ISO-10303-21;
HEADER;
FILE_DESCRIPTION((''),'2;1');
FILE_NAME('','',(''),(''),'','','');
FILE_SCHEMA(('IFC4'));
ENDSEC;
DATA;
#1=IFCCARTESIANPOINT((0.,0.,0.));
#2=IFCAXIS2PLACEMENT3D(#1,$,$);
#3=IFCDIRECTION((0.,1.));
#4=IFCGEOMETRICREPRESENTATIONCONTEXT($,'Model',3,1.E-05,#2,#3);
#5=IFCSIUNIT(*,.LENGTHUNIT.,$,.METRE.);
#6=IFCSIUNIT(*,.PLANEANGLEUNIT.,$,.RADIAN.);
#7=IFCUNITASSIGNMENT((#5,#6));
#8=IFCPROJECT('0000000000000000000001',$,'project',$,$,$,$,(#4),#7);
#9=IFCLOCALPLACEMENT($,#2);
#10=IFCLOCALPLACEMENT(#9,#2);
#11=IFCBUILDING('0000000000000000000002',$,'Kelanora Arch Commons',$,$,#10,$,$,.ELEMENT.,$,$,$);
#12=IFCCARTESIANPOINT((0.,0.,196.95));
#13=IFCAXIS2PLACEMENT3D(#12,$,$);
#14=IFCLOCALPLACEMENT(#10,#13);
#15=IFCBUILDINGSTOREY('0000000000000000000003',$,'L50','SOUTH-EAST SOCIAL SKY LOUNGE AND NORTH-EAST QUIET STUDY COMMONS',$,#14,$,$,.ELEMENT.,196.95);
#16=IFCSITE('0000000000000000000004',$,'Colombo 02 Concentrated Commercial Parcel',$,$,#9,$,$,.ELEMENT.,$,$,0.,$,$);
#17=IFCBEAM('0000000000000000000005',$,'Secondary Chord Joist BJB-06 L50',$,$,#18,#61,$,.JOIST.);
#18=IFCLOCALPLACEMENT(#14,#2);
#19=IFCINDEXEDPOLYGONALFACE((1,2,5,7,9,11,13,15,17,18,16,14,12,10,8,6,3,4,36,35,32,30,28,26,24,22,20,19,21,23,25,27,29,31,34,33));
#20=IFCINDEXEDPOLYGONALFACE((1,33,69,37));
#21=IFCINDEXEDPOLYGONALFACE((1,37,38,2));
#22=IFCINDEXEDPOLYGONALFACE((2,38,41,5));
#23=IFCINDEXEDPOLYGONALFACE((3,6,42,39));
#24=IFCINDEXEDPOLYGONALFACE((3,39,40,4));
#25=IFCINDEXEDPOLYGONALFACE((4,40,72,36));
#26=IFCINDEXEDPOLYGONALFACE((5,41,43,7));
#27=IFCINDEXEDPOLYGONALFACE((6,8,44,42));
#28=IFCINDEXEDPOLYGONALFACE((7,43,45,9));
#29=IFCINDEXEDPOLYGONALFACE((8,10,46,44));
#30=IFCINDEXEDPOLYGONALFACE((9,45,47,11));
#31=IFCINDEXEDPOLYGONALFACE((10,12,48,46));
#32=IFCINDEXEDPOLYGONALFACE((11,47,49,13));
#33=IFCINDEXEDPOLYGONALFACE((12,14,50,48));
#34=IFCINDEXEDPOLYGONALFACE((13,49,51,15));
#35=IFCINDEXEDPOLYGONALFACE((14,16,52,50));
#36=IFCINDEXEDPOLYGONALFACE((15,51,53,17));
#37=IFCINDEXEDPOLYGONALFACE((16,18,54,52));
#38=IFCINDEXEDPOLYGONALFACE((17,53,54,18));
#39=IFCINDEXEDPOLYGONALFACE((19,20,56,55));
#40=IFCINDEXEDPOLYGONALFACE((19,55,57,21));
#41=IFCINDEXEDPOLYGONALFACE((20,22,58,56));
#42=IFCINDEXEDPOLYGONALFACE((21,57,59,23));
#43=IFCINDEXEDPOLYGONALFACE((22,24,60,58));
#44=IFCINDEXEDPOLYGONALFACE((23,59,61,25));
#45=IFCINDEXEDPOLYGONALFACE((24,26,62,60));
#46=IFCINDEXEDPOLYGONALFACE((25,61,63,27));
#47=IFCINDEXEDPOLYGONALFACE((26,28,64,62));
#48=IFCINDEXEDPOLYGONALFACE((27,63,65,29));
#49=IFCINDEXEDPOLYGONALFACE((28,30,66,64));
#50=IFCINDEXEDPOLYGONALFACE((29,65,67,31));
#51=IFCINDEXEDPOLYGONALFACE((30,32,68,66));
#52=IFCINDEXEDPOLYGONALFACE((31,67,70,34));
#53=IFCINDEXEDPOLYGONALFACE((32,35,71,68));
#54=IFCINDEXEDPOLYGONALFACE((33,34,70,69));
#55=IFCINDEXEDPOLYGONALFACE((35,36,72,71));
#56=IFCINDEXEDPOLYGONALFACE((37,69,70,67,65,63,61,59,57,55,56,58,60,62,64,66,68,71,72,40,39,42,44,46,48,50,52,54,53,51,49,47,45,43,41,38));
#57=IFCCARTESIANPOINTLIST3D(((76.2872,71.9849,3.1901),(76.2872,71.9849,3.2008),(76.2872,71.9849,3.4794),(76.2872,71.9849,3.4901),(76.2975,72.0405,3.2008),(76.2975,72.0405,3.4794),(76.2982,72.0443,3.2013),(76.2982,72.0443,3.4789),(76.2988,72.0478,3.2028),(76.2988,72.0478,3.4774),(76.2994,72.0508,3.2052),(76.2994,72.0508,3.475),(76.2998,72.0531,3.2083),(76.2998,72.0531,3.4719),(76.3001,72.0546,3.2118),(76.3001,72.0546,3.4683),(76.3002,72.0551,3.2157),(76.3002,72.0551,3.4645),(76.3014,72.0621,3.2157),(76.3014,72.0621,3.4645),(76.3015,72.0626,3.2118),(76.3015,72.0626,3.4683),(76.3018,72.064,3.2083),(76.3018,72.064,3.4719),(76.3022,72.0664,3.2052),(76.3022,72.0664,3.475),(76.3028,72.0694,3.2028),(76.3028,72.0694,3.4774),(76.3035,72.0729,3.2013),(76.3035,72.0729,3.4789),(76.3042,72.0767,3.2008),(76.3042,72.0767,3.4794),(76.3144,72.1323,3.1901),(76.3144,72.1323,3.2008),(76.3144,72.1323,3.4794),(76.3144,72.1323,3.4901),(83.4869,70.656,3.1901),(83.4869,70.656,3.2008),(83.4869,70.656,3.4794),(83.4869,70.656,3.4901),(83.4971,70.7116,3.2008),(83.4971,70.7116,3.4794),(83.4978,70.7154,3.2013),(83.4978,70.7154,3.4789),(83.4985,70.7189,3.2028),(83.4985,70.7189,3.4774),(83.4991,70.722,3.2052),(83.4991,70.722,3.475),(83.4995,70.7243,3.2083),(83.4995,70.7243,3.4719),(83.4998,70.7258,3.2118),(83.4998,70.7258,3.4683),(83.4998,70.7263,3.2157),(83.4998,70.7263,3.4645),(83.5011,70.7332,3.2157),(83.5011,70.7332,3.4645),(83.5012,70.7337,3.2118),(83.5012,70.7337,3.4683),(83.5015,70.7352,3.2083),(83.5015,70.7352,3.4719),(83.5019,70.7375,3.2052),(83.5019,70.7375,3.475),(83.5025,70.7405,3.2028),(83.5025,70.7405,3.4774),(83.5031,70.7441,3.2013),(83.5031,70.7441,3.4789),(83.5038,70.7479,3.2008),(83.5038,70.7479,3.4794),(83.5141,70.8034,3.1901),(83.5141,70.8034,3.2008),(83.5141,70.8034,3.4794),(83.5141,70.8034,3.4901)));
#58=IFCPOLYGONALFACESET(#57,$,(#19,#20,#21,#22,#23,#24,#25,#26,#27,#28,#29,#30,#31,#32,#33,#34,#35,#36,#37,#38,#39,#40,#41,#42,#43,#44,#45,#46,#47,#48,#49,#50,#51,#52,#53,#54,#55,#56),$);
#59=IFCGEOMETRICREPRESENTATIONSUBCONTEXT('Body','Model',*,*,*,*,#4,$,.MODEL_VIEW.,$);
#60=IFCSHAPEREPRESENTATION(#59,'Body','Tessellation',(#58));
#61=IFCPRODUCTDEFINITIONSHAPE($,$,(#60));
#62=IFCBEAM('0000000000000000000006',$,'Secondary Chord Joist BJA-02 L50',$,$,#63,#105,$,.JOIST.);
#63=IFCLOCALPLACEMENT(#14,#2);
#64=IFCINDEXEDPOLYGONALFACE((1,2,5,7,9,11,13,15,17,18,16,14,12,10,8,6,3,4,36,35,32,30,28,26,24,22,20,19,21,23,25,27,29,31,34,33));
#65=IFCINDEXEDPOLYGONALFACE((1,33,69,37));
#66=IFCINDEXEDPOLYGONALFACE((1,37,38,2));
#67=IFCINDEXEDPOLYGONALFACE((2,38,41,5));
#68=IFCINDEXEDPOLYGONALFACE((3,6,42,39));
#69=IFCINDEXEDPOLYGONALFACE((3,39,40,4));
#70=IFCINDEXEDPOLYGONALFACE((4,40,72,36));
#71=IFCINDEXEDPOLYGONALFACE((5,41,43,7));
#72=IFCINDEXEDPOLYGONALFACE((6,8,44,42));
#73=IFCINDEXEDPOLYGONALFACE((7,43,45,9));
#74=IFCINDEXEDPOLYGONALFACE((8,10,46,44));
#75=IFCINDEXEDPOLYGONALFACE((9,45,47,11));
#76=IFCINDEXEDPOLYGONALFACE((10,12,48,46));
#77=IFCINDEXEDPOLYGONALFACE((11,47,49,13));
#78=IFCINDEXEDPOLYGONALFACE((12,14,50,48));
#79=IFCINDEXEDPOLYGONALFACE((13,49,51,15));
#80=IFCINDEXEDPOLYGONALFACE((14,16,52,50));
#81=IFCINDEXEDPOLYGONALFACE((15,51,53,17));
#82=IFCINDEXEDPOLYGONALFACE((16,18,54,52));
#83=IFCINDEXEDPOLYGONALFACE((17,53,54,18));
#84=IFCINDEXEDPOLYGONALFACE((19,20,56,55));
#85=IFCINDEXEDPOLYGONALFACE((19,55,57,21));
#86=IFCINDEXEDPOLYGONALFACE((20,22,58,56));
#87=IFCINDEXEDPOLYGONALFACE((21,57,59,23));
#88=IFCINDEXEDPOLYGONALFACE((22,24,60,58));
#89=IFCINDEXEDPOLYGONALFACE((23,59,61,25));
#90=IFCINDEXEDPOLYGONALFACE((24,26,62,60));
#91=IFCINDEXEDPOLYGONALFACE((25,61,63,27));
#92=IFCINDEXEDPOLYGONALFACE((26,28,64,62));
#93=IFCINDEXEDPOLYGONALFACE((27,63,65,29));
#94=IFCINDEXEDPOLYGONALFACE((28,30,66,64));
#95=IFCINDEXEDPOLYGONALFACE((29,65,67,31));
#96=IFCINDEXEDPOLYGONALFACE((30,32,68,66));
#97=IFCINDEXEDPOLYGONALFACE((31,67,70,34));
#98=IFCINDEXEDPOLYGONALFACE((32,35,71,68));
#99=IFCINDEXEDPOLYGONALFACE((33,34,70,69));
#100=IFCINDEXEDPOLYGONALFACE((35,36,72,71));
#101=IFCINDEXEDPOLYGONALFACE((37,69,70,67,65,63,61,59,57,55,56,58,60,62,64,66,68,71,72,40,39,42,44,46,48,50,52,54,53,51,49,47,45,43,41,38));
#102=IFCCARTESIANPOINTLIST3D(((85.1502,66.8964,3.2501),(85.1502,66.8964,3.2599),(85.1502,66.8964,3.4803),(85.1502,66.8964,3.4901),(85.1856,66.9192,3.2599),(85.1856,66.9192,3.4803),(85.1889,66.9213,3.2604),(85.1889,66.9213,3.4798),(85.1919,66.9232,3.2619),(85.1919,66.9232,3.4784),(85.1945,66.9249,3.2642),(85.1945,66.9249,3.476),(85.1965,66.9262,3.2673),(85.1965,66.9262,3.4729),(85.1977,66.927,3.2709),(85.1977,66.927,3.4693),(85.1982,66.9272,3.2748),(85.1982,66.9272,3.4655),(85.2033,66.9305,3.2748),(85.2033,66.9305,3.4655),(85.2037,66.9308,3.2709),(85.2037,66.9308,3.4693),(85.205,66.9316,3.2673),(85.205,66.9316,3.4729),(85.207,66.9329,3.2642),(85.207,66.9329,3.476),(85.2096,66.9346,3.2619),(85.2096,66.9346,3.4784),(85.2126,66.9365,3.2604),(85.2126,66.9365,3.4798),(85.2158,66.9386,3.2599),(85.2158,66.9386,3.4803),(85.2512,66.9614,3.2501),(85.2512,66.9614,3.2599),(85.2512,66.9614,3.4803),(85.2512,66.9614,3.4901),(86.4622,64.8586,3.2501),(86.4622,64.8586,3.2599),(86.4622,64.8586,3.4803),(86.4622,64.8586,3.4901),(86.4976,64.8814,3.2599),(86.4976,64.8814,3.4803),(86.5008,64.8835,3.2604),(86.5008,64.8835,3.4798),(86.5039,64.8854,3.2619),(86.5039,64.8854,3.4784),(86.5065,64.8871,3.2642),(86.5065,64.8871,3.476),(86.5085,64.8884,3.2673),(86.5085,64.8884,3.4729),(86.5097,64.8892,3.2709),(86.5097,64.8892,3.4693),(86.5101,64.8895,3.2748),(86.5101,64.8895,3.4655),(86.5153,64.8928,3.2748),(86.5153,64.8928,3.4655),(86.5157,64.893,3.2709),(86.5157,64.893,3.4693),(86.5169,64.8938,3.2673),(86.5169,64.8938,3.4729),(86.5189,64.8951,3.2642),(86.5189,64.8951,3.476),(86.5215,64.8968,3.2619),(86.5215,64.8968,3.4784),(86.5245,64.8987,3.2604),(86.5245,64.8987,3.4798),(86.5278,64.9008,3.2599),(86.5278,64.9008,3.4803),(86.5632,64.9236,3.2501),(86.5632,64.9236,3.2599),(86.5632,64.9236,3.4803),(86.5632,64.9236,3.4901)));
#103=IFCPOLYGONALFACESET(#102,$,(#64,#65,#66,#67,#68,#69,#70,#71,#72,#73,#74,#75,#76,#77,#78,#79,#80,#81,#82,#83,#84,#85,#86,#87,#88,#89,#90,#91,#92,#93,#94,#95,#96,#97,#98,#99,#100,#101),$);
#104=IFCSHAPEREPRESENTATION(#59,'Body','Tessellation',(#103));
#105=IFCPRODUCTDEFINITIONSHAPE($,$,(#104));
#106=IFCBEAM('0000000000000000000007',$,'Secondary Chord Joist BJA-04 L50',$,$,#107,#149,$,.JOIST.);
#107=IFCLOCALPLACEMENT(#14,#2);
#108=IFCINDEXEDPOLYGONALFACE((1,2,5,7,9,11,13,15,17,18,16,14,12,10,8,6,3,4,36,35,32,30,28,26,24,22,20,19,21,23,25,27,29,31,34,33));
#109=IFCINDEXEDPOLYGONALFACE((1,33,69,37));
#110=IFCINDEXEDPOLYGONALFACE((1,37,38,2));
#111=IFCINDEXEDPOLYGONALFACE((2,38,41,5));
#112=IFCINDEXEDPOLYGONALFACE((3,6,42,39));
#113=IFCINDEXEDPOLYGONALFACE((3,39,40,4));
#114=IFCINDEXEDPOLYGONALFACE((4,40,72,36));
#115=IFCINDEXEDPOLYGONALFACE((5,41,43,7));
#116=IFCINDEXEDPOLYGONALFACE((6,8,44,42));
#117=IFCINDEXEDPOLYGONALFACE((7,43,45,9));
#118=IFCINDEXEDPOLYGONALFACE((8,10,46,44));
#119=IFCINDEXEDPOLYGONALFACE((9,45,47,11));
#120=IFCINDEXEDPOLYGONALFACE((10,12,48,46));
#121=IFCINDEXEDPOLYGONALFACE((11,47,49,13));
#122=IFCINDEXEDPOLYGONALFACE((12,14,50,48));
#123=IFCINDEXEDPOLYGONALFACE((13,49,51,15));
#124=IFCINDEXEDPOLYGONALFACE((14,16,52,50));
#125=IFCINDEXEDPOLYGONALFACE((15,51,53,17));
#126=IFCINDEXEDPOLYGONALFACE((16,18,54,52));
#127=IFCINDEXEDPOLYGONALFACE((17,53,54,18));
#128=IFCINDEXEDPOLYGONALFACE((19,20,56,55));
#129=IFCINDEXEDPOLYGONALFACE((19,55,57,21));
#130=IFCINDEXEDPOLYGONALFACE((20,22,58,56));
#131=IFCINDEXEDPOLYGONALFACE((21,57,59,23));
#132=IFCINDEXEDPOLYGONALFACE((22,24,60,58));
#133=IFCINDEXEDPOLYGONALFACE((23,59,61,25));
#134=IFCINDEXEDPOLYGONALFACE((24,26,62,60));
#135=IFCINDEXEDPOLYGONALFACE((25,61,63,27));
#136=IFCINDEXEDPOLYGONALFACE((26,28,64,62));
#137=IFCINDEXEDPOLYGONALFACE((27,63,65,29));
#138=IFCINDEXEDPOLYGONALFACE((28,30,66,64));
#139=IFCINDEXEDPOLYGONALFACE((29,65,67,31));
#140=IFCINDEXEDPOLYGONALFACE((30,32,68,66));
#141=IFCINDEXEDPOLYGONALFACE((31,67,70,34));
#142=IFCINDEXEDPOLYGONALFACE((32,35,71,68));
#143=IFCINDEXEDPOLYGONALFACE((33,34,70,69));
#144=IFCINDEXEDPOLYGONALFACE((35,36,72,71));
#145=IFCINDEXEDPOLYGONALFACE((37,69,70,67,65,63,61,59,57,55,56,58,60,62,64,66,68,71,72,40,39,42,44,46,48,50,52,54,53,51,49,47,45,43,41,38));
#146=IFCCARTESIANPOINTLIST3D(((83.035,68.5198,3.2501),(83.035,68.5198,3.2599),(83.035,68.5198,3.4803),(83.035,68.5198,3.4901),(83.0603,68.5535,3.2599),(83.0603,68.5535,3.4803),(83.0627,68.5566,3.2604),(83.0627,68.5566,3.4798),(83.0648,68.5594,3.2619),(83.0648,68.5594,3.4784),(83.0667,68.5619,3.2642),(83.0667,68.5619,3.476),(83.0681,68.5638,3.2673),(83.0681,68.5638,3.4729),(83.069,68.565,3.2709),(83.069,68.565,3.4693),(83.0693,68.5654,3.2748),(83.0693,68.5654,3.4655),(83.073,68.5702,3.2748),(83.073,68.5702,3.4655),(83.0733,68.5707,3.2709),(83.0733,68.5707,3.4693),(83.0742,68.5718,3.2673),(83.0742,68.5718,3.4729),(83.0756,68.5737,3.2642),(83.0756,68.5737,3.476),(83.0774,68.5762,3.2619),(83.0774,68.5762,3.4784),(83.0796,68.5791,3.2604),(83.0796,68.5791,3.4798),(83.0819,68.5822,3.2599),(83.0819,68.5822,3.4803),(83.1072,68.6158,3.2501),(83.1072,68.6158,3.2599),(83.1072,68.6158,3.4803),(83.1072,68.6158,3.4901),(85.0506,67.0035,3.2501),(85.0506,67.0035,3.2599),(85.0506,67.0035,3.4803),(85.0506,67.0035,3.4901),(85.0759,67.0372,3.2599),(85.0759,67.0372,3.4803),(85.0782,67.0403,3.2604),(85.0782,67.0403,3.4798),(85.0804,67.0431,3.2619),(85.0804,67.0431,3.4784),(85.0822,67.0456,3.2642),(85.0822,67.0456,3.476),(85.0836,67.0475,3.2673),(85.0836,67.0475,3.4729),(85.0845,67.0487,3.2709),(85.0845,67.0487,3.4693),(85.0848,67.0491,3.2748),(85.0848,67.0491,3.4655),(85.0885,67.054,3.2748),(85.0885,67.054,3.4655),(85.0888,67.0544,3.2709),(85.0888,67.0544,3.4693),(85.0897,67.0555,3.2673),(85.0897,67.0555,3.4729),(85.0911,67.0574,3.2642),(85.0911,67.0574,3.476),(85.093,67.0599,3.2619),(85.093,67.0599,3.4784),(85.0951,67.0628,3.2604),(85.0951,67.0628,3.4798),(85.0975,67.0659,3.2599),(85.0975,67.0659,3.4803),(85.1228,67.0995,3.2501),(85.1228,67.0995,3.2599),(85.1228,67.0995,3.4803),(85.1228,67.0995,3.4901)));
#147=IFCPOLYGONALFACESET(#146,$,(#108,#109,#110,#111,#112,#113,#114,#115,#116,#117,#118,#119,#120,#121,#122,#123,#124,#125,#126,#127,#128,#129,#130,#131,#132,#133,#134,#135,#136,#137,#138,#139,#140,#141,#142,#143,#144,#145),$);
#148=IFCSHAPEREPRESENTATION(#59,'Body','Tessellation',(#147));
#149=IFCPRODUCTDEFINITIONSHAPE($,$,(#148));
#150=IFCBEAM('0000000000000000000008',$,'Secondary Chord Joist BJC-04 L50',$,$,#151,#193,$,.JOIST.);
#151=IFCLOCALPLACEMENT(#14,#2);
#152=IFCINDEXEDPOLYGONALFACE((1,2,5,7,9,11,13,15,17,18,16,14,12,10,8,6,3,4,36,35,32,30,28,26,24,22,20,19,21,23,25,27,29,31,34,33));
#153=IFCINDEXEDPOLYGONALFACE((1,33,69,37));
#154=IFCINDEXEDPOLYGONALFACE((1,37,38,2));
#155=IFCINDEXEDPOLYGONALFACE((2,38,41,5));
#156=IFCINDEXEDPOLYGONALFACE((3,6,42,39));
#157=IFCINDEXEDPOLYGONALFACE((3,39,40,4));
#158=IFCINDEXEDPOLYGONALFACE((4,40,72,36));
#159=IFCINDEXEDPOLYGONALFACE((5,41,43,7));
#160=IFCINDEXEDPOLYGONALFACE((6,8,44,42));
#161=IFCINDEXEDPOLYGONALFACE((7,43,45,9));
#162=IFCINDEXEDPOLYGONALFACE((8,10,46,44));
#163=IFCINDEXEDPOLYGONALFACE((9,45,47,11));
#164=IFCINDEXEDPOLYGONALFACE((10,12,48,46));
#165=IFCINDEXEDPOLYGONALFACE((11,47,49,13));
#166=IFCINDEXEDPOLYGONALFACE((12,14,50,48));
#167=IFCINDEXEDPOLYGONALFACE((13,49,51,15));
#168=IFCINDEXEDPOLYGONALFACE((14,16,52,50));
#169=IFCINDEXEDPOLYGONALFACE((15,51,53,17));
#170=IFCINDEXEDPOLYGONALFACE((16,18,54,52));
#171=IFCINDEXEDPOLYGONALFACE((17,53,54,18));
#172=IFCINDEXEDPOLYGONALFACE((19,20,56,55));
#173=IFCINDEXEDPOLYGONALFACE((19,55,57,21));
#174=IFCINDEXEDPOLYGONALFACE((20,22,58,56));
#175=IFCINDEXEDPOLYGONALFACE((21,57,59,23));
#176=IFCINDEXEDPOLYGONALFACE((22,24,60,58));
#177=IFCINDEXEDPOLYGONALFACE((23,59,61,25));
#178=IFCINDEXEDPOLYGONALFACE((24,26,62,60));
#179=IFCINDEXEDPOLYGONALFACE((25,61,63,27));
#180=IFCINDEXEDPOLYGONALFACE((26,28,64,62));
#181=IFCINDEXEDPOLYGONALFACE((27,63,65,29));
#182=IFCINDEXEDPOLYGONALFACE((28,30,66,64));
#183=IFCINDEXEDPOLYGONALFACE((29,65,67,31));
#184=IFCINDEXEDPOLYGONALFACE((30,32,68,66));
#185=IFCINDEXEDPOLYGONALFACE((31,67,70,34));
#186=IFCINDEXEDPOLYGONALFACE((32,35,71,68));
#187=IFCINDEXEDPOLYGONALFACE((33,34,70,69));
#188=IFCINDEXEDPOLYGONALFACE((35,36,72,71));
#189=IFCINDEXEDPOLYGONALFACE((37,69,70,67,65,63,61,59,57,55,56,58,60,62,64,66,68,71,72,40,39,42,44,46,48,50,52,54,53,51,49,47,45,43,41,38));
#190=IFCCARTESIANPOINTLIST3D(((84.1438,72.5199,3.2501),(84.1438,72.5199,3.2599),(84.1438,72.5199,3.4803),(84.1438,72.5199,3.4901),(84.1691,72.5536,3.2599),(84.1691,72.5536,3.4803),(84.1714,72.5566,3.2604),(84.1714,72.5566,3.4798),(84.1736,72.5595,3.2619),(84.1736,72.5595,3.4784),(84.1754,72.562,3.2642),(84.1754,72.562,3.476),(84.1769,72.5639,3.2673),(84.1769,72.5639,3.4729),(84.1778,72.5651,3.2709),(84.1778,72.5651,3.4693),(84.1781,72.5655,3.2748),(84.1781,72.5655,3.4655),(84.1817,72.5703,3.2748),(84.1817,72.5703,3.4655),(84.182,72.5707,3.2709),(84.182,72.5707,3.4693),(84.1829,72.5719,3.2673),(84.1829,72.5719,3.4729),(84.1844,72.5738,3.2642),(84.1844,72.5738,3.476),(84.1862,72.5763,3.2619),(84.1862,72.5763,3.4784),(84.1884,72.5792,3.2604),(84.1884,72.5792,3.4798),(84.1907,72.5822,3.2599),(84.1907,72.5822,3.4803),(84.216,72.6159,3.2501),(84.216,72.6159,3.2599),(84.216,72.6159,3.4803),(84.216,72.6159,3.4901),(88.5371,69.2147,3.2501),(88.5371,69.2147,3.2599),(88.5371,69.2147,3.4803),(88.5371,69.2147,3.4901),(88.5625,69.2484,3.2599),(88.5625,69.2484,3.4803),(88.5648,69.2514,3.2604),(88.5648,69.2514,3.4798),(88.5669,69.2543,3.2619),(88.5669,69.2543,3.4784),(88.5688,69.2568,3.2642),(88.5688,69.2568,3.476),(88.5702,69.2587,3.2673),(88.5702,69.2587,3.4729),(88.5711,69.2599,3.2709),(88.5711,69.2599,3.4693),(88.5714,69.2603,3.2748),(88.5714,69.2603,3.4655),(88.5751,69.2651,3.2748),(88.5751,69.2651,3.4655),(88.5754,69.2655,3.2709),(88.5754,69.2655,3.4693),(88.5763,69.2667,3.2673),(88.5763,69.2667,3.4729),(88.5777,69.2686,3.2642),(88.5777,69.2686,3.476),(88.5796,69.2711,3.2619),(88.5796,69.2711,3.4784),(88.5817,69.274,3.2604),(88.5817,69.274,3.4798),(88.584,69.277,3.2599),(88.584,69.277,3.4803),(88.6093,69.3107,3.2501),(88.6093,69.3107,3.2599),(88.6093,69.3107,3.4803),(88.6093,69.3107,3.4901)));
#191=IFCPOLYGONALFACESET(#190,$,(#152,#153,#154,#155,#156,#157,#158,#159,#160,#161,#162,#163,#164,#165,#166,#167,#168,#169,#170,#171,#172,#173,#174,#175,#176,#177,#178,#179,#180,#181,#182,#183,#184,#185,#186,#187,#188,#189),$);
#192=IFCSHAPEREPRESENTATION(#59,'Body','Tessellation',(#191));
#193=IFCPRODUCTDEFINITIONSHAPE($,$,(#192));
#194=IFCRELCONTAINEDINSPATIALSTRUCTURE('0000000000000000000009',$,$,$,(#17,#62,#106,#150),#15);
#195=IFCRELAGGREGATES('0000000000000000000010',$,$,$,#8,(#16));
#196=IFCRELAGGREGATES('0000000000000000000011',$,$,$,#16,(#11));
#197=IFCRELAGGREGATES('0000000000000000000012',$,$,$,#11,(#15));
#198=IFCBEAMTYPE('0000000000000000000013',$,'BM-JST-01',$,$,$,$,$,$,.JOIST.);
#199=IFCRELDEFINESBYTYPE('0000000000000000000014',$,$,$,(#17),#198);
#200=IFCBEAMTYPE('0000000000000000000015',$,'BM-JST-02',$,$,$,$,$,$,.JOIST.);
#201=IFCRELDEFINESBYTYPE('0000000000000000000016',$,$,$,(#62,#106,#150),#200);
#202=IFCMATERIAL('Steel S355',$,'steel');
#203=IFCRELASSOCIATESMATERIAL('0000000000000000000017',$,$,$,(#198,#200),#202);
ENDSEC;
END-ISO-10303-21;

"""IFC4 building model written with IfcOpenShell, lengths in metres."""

from ifc_helpers import new_model, si_unit, direction, frame, origin, origin_2d, place, context, subcontext, project, spatial, i_section, extrude, material, material_profile, profile_set, type_object, element, save


model = new_model("IFC4")

# Units and contexts
model_context = context("Model", 3, precision=1e-05, world=origin(), true_north=direction((0.0, 1.0)))
body_context = subcontext(model_context, "Body", "Model", "MODEL_VIEW")
ifc_project = project(units=[si_unit("LENGTHUNIT", "METRE"), si_unit("PLANEANGLEUNIT", "RADIAN")], contexts=[model_context])

# Site, building, storey
site_placement = place(None, origin())
site = spatial("IfcSite", under=ifc_project, at=site_placement, Name="Colombo 02 Concentrated Commercial Parcel", CompositionType="ELEMENT", RefElevation=0.0)
building_placement = place(site_placement, origin())
building = spatial("IfcBuilding", under=site, at=building_placement, Name="Kelanora Arch Commons", CompositionType="ELEMENT")
storey_placement = place(building_placement, frame((0.0, 0.0, 196.95)))
storey = spatial("IfcBuildingStorey", under=building, at=storey_placement, Name="L50", Description="SOUTH-EAST SOCIAL SKY LOUNGE AND NORTH-EAST QUIET STUDY COMMONS", CompositionType="ELEMENT", Elevation=196.95)

# Beams
ifc_material_1 = material(Name="Steel S355", Category="steel")
ifc_material_profile_1 = material_profile(ifc_material_1, i_section(OverallWidth=0.1499, OverallDepth=0.3, WebThickness=0.0071, FlangeThickness=0.0107, FilletRadius=0.0149, at=origin_2d()), Name="IPE300")
ifc_profile_set_1 = profile_set([ifc_material_profile_1], Name="Steel S355")
beam_type_1 = type_object("IfcBeamType", Name="BM-JST-01", PredefinedType="JOIST", material=ifc_profile_set_1)
beam_1_placement = place(storey_placement, frame((83.5005, 70.7297, 3.3401), z_axis=(-0.98339, 0.181505, 0.0), x_axis=(-0.181505, -0.98339, 0.0)))
element("IfcBeam", 1, at=beam_1_placement, inside=storey, type_object=beam_type_1, Name="Secondary Chord Joist BJB-06 L50", PredefinedType="JOIST", context=body_context, shape_type="SweptSolid", body=[
    extrude(i_section(OverallWidth=0.1499, OverallDepth=0.3, WebThickness=0.0071, FlangeThickness=0.0107, FilletRadius=0.0149, at=origin_2d()), origin(), (0.0, 0.0, 1.0), 7.3213),
])
ifc_material_profile_2 = material_profile(ifc_material_1, i_section(OverallWidth=0.1201, OverallDepth=0.24, WebThickness=0.0061, FlangeThickness=0.0098, FilletRadius=0.0149, at=origin_2d()), Name="IPE240")
ifc_profile_set_2 = profile_set([ifc_material_profile_2], Name="Steel S355")
beam_type_2 = type_object("IfcBeamType", Name="BM-JST-02", PredefinedType="JOIST", material=ifc_profile_set_2)
beam_2_placement = place(storey_placement, frame((86.5127, 64.8911, 3.3701), z_axis=(-0.541333, 0.840808, 0.0), x_axis=(-0.840808, -0.541333, 0.0)))
element("IfcBeam", 2, at=beam_2_placement, inside=storey, type_object=beam_type_2, Name="Secondary Chord Joist BJA-02 L50", PredefinedType="JOIST", context=body_context, shape_type="SweptSolid", body=[
    extrude(i_section(OverallWidth=0.1201, OverallDepth=0.24, WebThickness=0.0061, FlangeThickness=0.0098, FilletRadius=0.0149, at=origin_2d()), origin(), (0.0, 0.0, 1.0), 2.4236),
])
beam_3_placement = place(storey_placement, frame((85.0867, 67.0515, 3.3701), z_axis=(-0.799116, 0.601176, 0.0), x_axis=(-0.601176, -0.799116, 0.0)))
element("IfcBeam", 3, at=beam_3_placement, inside=storey, type_object=beam_type_2, Name="Secondary Chord Joist BJA-04 L50", PredefinedType="JOIST", context=body_context, shape_type="SweptSolid", body=[
    extrude(i_section(OverallWidth=0.1201, OverallDepth=0.24, WebThickness=0.0061, FlangeThickness=0.0098, FilletRadius=0.0149, at=origin_2d()), origin(), (0.0, 0.0, 1.0), 2.5222),
])
beam_4_placement = place(storey_placement, frame((88.5732, 69.2627, 3.3701), z_axis=(-0.799109, 0.601186, 0.0), x_axis=(-0.601186, -0.799109, 0.0)))
element("IfcBeam", 4, at=beam_4_placement, inside=storey, type_object=beam_type_2, Name="Secondary Chord Joist BJC-04 L50", PredefinedType="JOIST", context=body_context, shape_type="SweptSolid", body=[
    extrude(i_section(OverallWidth=0.1201, OverallDepth=0.24, WebThickness=0.0061, FlangeThickness=0.0098, FilletRadius=0.0149, at=origin_2d()), origin(), (0.0, 0.0, 1.0), 5.4978),
])

save(model, "model.ifc")
